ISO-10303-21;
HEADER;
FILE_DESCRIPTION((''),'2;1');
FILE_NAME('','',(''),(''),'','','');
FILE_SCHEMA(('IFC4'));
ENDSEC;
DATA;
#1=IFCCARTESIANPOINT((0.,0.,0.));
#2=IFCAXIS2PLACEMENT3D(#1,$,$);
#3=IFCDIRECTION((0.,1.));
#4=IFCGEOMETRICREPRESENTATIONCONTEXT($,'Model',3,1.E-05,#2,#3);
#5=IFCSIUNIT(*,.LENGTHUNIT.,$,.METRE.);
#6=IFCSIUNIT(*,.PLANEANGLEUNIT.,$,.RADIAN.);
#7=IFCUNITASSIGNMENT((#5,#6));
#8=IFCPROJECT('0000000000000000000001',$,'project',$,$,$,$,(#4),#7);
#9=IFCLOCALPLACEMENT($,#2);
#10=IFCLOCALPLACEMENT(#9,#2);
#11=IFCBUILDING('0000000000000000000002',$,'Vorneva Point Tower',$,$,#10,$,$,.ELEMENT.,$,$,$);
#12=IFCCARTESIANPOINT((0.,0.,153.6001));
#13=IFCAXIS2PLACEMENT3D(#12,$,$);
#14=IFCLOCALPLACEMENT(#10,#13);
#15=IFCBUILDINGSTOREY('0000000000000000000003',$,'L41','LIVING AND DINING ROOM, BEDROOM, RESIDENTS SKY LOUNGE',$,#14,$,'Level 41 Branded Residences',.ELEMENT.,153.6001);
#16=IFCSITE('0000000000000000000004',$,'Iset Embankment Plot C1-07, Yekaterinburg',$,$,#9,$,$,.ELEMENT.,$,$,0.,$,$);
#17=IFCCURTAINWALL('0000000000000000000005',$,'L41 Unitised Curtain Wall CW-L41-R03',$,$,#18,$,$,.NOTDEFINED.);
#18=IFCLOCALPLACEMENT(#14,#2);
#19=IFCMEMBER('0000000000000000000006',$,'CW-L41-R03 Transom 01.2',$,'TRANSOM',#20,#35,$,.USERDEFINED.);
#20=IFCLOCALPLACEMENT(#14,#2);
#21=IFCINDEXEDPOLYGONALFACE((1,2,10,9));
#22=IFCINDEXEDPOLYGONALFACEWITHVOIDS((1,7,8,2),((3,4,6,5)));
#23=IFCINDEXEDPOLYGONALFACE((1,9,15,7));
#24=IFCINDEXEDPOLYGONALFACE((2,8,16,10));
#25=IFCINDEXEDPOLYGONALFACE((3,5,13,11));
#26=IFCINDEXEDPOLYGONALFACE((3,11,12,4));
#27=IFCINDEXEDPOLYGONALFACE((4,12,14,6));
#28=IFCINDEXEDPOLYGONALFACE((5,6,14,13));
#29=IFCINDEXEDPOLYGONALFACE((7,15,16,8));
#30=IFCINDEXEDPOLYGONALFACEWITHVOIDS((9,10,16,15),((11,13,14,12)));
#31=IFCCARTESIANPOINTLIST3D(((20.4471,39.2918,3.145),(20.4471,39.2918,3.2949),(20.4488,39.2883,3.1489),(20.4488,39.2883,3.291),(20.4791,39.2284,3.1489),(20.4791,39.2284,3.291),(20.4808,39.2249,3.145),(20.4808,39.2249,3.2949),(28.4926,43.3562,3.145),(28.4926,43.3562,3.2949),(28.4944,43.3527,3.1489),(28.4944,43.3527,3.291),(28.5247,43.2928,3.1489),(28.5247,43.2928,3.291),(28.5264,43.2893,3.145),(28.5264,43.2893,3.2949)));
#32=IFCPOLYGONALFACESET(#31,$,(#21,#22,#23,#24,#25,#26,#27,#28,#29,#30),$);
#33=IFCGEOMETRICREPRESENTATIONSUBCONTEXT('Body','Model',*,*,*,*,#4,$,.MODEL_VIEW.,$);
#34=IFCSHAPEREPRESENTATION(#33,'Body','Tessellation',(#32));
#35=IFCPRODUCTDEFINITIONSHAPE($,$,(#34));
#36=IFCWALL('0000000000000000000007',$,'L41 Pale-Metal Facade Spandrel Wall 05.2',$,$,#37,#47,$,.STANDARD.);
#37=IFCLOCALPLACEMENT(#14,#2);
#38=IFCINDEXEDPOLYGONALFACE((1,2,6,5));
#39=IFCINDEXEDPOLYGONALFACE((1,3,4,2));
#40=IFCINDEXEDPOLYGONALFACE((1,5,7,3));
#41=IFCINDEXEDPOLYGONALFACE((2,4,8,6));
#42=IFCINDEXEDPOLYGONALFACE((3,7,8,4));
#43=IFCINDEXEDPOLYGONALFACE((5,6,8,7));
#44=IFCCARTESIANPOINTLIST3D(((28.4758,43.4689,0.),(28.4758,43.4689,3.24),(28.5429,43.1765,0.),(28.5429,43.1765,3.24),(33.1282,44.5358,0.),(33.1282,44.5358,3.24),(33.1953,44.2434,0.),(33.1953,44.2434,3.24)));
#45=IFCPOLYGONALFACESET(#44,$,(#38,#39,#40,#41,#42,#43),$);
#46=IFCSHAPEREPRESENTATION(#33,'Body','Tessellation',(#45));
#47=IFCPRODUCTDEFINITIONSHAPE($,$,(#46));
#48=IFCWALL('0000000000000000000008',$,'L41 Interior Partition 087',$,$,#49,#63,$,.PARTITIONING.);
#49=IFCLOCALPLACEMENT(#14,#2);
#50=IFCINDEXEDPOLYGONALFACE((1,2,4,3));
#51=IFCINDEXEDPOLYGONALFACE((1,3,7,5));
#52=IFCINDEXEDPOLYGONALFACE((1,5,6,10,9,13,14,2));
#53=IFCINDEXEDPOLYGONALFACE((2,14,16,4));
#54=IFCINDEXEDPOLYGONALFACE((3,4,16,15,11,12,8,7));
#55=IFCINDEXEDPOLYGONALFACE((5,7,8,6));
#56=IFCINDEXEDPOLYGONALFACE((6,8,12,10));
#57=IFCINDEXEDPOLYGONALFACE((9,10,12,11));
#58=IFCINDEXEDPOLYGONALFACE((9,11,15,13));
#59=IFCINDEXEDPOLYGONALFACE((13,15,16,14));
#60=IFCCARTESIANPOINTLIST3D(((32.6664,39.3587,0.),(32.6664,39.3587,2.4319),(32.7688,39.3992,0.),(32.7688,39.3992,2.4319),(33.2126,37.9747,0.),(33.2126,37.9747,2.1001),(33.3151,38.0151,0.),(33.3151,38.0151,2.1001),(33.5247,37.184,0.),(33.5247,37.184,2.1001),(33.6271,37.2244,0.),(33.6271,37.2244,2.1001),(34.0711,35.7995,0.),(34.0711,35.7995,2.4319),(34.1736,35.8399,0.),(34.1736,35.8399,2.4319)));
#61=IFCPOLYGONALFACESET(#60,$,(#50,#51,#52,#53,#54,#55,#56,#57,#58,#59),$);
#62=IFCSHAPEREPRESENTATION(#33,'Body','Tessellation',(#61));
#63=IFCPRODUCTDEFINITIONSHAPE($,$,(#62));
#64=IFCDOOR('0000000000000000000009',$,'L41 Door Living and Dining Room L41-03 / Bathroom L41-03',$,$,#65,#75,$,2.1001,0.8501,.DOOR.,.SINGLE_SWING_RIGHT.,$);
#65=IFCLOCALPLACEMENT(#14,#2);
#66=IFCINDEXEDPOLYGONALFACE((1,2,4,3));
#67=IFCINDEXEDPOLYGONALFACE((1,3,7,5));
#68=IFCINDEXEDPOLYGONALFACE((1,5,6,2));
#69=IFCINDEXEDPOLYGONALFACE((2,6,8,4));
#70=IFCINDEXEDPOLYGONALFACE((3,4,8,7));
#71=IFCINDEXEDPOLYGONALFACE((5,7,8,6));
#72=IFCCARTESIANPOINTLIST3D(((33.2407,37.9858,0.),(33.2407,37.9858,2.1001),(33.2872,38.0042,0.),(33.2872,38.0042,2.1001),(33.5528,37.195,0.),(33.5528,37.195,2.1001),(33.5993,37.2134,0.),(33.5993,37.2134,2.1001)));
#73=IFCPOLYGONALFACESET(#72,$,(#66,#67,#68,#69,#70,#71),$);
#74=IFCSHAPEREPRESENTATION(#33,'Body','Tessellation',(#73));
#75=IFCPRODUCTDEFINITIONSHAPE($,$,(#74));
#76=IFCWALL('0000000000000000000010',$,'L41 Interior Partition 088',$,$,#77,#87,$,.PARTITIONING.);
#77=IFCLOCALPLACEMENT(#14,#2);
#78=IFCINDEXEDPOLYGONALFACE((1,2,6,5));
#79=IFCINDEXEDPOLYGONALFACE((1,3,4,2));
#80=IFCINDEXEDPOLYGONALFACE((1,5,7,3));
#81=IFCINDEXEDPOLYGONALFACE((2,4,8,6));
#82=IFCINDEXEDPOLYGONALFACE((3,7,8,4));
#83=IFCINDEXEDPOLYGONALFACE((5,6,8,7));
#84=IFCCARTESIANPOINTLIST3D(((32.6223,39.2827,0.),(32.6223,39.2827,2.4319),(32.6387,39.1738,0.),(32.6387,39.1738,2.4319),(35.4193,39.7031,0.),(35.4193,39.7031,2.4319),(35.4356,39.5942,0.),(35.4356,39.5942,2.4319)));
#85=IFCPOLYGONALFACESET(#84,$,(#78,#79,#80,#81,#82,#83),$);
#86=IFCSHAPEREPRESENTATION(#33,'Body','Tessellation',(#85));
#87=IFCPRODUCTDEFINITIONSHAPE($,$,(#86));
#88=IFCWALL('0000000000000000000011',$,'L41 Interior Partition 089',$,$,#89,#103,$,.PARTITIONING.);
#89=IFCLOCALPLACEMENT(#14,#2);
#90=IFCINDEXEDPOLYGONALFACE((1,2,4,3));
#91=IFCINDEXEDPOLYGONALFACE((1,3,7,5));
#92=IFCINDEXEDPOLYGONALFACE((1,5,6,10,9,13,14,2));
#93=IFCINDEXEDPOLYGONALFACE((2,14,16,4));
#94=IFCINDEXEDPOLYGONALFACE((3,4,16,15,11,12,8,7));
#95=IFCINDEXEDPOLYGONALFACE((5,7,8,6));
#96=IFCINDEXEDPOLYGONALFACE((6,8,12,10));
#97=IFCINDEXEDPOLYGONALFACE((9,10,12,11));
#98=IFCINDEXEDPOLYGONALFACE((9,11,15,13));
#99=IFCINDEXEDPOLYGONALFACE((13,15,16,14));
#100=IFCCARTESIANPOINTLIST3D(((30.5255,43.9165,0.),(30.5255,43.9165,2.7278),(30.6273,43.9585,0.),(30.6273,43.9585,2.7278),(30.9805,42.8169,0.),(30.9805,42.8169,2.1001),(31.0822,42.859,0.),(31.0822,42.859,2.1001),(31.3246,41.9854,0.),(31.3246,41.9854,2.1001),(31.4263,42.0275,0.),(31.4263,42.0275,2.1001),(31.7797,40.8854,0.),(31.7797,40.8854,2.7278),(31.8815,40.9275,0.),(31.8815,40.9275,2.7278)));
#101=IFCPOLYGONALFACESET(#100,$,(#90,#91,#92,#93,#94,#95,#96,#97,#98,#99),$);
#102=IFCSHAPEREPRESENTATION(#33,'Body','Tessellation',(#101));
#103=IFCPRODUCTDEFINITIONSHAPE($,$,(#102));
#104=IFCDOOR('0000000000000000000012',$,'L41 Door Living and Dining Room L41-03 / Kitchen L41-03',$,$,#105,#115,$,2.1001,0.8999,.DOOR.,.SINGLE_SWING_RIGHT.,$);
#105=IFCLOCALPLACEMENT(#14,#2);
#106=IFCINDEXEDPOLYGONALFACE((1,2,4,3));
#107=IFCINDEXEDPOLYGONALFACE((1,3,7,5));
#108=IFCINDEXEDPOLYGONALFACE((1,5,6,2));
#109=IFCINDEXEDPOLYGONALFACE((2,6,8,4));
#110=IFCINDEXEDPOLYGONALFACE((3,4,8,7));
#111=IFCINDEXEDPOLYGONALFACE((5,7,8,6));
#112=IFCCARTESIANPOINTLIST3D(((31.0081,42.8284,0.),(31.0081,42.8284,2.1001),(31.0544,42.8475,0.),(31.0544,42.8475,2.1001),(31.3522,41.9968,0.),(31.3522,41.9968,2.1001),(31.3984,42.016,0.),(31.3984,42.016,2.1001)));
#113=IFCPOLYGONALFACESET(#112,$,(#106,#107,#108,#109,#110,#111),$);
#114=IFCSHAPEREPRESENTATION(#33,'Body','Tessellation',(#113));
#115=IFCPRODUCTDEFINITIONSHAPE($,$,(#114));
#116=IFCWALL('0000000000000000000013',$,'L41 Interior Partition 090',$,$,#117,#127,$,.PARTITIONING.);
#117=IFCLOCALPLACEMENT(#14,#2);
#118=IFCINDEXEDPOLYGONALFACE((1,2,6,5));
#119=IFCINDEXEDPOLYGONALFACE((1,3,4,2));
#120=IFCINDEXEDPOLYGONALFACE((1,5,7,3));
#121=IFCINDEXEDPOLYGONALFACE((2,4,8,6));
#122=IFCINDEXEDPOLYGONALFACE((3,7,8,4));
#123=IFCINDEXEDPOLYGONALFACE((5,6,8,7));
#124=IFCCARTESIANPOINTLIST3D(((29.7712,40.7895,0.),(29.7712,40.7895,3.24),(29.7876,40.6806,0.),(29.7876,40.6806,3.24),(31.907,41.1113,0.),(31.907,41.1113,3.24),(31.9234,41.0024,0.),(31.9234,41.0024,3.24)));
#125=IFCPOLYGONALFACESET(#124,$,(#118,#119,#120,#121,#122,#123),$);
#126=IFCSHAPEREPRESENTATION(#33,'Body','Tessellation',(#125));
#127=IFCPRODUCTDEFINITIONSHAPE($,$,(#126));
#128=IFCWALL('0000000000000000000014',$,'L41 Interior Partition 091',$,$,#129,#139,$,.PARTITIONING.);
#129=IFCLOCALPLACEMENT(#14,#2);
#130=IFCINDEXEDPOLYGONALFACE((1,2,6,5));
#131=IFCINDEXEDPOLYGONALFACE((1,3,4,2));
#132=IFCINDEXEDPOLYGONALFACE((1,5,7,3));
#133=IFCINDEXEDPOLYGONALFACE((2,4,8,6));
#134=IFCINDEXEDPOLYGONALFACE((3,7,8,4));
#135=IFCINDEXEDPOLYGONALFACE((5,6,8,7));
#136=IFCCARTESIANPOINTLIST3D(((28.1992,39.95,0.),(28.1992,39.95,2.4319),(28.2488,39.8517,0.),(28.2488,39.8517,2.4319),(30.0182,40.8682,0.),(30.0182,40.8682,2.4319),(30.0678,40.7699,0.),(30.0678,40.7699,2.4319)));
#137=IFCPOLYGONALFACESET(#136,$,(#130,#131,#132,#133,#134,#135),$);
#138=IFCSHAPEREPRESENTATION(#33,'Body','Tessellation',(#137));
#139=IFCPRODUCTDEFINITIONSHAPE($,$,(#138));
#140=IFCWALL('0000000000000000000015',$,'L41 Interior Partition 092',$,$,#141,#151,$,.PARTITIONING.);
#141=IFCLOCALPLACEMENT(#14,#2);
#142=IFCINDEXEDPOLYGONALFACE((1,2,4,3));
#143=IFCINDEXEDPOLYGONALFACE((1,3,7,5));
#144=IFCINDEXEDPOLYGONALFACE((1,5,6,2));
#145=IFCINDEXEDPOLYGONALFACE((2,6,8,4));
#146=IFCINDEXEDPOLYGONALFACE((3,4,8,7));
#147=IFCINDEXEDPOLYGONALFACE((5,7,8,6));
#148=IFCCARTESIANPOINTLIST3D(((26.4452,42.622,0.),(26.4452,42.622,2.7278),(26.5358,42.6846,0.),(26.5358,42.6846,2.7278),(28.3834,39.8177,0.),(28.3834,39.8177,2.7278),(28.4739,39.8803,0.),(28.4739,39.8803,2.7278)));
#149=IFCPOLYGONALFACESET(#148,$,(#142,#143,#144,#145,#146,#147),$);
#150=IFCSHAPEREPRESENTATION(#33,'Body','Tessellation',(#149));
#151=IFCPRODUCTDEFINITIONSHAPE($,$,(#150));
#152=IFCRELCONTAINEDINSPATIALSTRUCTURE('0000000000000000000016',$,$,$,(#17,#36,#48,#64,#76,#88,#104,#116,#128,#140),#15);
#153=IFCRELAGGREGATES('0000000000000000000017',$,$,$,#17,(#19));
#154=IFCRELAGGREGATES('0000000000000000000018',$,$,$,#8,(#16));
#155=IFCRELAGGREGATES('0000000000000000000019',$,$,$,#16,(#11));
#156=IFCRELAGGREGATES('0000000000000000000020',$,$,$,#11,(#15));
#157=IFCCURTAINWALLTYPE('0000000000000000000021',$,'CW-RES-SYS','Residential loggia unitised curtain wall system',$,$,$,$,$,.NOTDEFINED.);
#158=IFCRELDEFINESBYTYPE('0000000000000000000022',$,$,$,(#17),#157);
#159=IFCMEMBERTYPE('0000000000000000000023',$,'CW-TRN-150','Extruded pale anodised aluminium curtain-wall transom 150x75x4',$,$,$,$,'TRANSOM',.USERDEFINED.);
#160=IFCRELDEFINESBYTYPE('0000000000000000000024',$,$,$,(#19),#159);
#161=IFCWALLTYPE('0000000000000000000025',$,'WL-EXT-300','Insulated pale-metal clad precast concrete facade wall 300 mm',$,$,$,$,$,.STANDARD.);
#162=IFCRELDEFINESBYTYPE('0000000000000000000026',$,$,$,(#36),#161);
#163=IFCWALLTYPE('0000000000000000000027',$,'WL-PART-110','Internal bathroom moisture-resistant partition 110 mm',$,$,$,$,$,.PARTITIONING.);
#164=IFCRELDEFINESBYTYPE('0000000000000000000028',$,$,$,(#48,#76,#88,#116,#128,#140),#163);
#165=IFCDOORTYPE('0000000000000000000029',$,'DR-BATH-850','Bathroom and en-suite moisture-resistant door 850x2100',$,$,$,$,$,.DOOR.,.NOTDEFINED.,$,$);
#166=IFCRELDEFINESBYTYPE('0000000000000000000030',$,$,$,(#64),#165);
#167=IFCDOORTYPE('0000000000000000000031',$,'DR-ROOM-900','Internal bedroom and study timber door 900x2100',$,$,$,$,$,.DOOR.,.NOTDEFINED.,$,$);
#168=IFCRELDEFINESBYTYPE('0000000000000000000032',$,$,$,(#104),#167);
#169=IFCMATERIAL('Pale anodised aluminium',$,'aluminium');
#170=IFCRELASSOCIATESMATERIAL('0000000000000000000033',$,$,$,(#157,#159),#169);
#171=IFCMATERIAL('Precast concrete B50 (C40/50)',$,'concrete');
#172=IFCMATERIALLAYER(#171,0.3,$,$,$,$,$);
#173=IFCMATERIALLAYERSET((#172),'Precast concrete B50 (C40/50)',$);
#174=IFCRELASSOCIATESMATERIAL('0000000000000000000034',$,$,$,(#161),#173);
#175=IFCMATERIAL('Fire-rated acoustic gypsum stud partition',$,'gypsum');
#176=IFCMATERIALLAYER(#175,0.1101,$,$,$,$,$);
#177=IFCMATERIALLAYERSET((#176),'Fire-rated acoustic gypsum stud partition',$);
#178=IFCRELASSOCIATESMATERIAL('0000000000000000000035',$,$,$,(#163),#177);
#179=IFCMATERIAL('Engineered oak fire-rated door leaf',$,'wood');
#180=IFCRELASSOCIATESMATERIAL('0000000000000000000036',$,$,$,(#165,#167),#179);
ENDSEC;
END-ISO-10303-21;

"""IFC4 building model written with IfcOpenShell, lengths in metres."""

from ifc_helpers import new_model, si_unit, direction, frame, frame_2d, origin, origin_2d, place, context, subcontext, project, spatial, rectangle, hollow_rectangle, extrude, material, layer, layer_set, material_profile, profile_set, type_object, element, fill, aggregate, save


model = new_model("IFC4")

# Units and contexts
model_context = context("Model", 3, precision=1e-05, world=origin(), true_north=direction((0.0, 1.0)))
body_context = subcontext(model_context, "Body", "Model", "MODEL_VIEW")
ifc_project = project(units=[si_unit("LENGTHUNIT", "METRE"), si_unit("PLANEANGLEUNIT", "RADIAN")], contexts=[model_context])

# Site, building, storey
site_placement = place(None, origin())
site = spatial("IfcSite", under=ifc_project, at=site_placement, Name="Iset Embankment Plot C1-07, Yekaterinburg", CompositionType="ELEMENT", RefElevation=0.0)
building_placement = place(site_placement, origin())
building = spatial("IfcBuilding", under=site, at=building_placement, Name="Vorneva Point Tower", CompositionType="ELEMENT")
storey_placement = place(building_placement, frame((0.0, 0.0, 153.6001)))
storey = spatial("IfcBuildingStorey", under=building, at=storey_placement, Name="L41", Description="LIVING AND DINING ROOM, BEDROOM, RESIDENTS SKY LOUNGE", LongName="Level 41 Branded Residences", CompositionType="ELEMENT", Elevation=153.6001)

# Curtain wall, member
ifc_material_1 = material(Name="Pale anodised aluminium", Category="aluminium")
curtain_wall_type = type_object("IfcCurtainWallType", Name="CW-RES-SYS", Description="Residential loggia unitised curtain wall system", PredefinedType="NOTDEFINED", material=ifc_material_1)
curtain_wall_placement = place(storey_placement, origin())
curtain_wall = element("IfcCurtainWall", 1, at=curtain_wall_placement, inside=storey, type_object=curtain_wall_type, Name="L41 Unitised Curtain Wall CW-L41-R03", PredefinedType="NOTDEFINED")
ifc_material_profile_1 = material_profile(ifc_material_1, hollow_rectangle(XDim=0.075, YDim=0.1499, WallThickness=0.0039, at=origin_2d()), Name="AL-TRN 150x75x4")
ifc_profile_set_1 = profile_set([ifc_material_profile_1], Name="Pale anodised aluminium")
member_type_1 = type_object("IfcMemberType", Name="CW-TRN-150", Description="Extruded pale anodised aluminium curtain-wall transom 150x75x4", ElementType="TRANSOM", PredefinedType="USERDEFINED", material=ifc_profile_set_1)
member_1_placement = place(storey_placement, frame((28.5095, 43.3228, 3.22), z_axis=(-0.892572, -0.450904, 0.0), x_axis=(0.450904, -0.892572, 0.0)))
member_1 = element("IfcMember", 2, at=member_1_placement, type_object=member_type_1, Name="CW-L41-R03 Transom 01.2", ObjectType="TRANSOM", PredefinedType="USERDEFINED", context=body_context, shape_type="SweptSolid", body=[
    extrude(hollow_rectangle(XDim=0.075, YDim=0.1499, WallThickness=0.0039, at=origin_2d()), origin(), (0.0, 0.0, 1.0), 9.0139),
])
aggregate(curtain_wall, [member_1])

# Wall
ifc_material_2 = material(Name="Precast concrete B50 (C40/50)", Category="concrete")
ifc_layer_1 = layer(ifc_material_2, 0.3)
ifc_layer_set_1 = layer_set([ifc_layer_1], Name="Precast concrete B50 (C40/50)")
wall_type_1 = type_object("IfcWallType", Name="WL-EXT-300", Description="Insulated pale-metal clad precast concrete facade wall 300 mm", PredefinedType="STANDARD", material=ifc_layer_set_1)
wall_1_placement = place(storey_placement, frame((33.1619, 44.3896, 0.0), z_axis=(0.0, 0.0, 1.0), x_axis=(-0.974699, -0.223522, 0.0)))
element("IfcWall", 3, at=wall_1_placement, inside=storey, type_object=wall_type_1, Name="L41 Pale-Metal Facade Spandrel Wall 05.2", PredefinedType="STANDARD", context=body_context, shape_type="SweptSolid", body=[
    extrude(rectangle(XDim=4.7732, YDim=0.3, at=frame_2d((2.3867, 0.0))), origin(), (0.0, 0.0, 1.0), 3.24),
])

# Wall, opening, door
ifc_material_3 = material(Name="Fire-rated acoustic gypsum stud partition", Category="gypsum")
ifc_layer_2 = layer(ifc_material_3, 0.1101)
ifc_layer_set_2 = layer_set([ifc_layer_2], Name="Fire-rated acoustic gypsum stud partition")
wall_type_2 = type_object("IfcWallType", Name="WL-PART-110", Description="Internal bathroom moisture-resistant partition 110 mm", PredefinedType="PARTITIONING", material=ifc_layer_set_2)
wall_2_placement = place(storey_placement, frame((34.1223, 35.8198, 0.0), z_axis=(0.0, 0.0, 1.0), x_axis=(-0.367119, 0.930174, 0.0)))
wall_2 = element("IfcWall", 4, at=wall_2_placement, inside=storey, type_object=wall_type_2, Name="L41 Interior Partition 087", PredefinedType="PARTITIONING", context=body_context, shape_type="SweptSolid", body=[
    extrude(rectangle(XDim=3.8264, YDim=0.1101, at=frame_2d((1.9131, 0.0))), origin(), (0.0, 0.0, 1.0), 2.4319),
])
opening_1_placement = place(wall_2_placement, frame((1.4883, 0.0, 0.0)))
opening_1 = element("IfcOpeningElement", 5, at=opening_1_placement, cuts=wall_2, PredefinedType="OPENING", context=body_context, shape_type="SweptSolid", body=[
    extrude(rectangle(XDim=0.8501, YDim=2.1001, at=frame_2d((0.425, 1.05))), frame((0.0, 0.0698, 0.0), z_axis=(0.0, -1.0, 0.0), x_axis=(1.0, 0.0, 0.0)), (0.0, 0.0, 1.0), 0.1399),
])
ifc_material_4 = material(Name="Engineered oak fire-rated door leaf", Category="wood")
door_type_1 = type_object("IfcDoorType", Name="DR-BATH-850", Description="Bathroom and en-suite moisture-resistant door 850x2100", OperationType="NOTDEFINED", PredefinedType="DOOR", material=ifc_material_4)
door_1_placement = place(opening_1_placement, origin())
door_1 = element("IfcDoor", 6, at=door_1_placement, inside=storey, type_object=door_type_1, Name="L41 Door Living and Dining Room L41-03 / Bathroom L41-03", OperationType="SINGLE_SWING_RIGHT", OverallHeight=2.1001, OverallWidth=0.8501, PredefinedType="DOOR", context=body_context, shape_type="SweptSolid", body=[
    extrude(rectangle(XDim=0.8501, YDim=2.1001, at=frame_2d((0.425, 1.05))), frame((0.0, 0.0249, 0.0), z_axis=(0.0, -1.0, 0.0), x_axis=(1.0, 0.0, 0.0)), (0.0, 0.0, 1.0), 0.05),
])
fill(opening_1, door_1)

# Wall
wall_3_placement = place(storey_placement, frame((32.6306, 39.2283, 0.0), z_axis=(0.0, 0.0, 1.0), x_axis=(0.988891, 0.148644, 0.0)))
element("IfcWall", 7, at=wall_3_placement, inside=storey, type_object=wall_type_2, Name="L41 Interior Partition 088", PredefinedType="PARTITIONING", context=body_context, shape_type="SweptSolid", body=[
    extrude(rectangle(XDim=2.8284, YDim=0.1101, at=frame_2d((1.4141, 0.0))), origin(), (0.0, 0.0, 1.0), 2.4319),
])

# Wall, opening, door
wall_4_placement = place(storey_placement, frame((30.5764, 43.9375, 0.0), z_axis=(0.0, 0.0, 1.0), x_axis=(0.382336, -0.924023, 0.0)))
wall_4 = element("IfcWall", 8, at=wall_4_placement, inside=storey, type_object=wall_type_2, Name="L41 Interior Partition 089", PredefinedType="PARTITIONING", context=body_context, shape_type="SweptSolid", body=[
    extrude(rectangle(XDim=3.2803, YDim=0.1101, at=frame_2d((1.6401, 0.0))), origin(), (0.0, 0.0, 1.0), 2.7278),
])
opening_2_placement = place(wall_4_placement, frame((1.1899, 0.0, 0.0)))
opening_2 = element("IfcOpeningElement", 9, at=opening_2_placement, cuts=wall_4, PredefinedType="OPENING", context=body_context, shape_type="SweptSolid", body=[
    extrude(rectangle(XDim=0.8999, YDim=2.1001, at=frame_2d((0.45, 1.05))), frame((0.0, 0.0698, 0.0), z_axis=(0.0, -1.0, 0.0), x_axis=(1.0, 0.0, 0.0)), (0.0, 0.0, 1.0), 0.1399),
])
door_type_2 = type_object("IfcDoorType", Name="DR-ROOM-900", Description="Internal bedroom and study timber door 900x2100", OperationType="NOTDEFINED", PredefinedType="DOOR", material=ifc_material_4)
door_2_placement = place(opening_2_placement, origin())
door_2 = element("IfcDoor", 10, at=door_2_placement, inside=storey, type_object=door_type_2, Name="L41 Door Living and Dining Room L41-03 / Kitchen L41-03", OperationType="SINGLE_SWING_RIGHT", OverallHeight=2.1001, OverallWidth=0.8999, PredefinedType="DOOR", context=body_context, shape_type="SweptSolid", body=[
    extrude(rectangle(XDim=0.8999, YDim=2.1001, at=frame_2d((0.45, 1.05))), frame((0.0, 0.0249, 0.0), z_axis=(0.0, -1.0, 0.0), x_axis=(1.0, 0.0, 0.0)), (0.0, 0.0, 1.0), 0.05),
])
fill(opening_2, door_2)

# Walls
wall_5_placement = place(storey_placement, frame((31.9153, 41.0569, 0.0), z_axis=(0.0, 0.0, 1.0), x_axis=(-0.98884, -0.148982, 0.0)))
element("IfcWall", 11, at=wall_5_placement, inside=storey, type_object=wall_type_2, Name="L41 Interior Partition 090", PredefinedType="PARTITIONING", context=body_context, shape_type="SweptSolid", body=[
    extrude(rectangle(XDim=2.1599, YDim=0.1101, at=frame_2d((1.0801, 0.0))), origin(), (0.0, 0.0, 1.0), 3.24),
])
wall_6_placement = place(storey_placement, frame((30.043, 40.8191, 0.0), z_axis=(0.0, 0.0, 1.0), x_axis=(-0.892695, -0.450661, 0.0)))
element("IfcWall", 12, at=wall_6_placement, inside=storey, type_object=wall_type_2, Name="L41 Interior Partition 091", PredefinedType="PARTITIONING", context=body_context, shape_type="SweptSolid", body=[
    extrude(rectangle(XDim=2.0376, YDim=0.1101, at=frame_2d((1.0188, 0.0))), origin(), (0.0, 0.0, 1.0), 2.4319),
])
wall_7_placement = place(storey_placement, frame((28.4287, 39.8489, 0.0), z_axis=(0.0, 0.0, 1.0), x_axis=(-0.568554, 0.822646, 0.0)))
element("IfcWall", 13, at=wall_7_placement, inside=storey, type_object=wall_type_2, Name="L41 Interior Partition 092", PredefinedType="PARTITIONING", context=body_context, shape_type="SweptSolid", body=[
    extrude(rectangle(XDim=3.4089, YDim=0.1101, at=frame_2d((1.7046, 0.0))), origin(), (0.0, 0.0, 1.0), 2.7278),
])

save(model, "model.ifc")
